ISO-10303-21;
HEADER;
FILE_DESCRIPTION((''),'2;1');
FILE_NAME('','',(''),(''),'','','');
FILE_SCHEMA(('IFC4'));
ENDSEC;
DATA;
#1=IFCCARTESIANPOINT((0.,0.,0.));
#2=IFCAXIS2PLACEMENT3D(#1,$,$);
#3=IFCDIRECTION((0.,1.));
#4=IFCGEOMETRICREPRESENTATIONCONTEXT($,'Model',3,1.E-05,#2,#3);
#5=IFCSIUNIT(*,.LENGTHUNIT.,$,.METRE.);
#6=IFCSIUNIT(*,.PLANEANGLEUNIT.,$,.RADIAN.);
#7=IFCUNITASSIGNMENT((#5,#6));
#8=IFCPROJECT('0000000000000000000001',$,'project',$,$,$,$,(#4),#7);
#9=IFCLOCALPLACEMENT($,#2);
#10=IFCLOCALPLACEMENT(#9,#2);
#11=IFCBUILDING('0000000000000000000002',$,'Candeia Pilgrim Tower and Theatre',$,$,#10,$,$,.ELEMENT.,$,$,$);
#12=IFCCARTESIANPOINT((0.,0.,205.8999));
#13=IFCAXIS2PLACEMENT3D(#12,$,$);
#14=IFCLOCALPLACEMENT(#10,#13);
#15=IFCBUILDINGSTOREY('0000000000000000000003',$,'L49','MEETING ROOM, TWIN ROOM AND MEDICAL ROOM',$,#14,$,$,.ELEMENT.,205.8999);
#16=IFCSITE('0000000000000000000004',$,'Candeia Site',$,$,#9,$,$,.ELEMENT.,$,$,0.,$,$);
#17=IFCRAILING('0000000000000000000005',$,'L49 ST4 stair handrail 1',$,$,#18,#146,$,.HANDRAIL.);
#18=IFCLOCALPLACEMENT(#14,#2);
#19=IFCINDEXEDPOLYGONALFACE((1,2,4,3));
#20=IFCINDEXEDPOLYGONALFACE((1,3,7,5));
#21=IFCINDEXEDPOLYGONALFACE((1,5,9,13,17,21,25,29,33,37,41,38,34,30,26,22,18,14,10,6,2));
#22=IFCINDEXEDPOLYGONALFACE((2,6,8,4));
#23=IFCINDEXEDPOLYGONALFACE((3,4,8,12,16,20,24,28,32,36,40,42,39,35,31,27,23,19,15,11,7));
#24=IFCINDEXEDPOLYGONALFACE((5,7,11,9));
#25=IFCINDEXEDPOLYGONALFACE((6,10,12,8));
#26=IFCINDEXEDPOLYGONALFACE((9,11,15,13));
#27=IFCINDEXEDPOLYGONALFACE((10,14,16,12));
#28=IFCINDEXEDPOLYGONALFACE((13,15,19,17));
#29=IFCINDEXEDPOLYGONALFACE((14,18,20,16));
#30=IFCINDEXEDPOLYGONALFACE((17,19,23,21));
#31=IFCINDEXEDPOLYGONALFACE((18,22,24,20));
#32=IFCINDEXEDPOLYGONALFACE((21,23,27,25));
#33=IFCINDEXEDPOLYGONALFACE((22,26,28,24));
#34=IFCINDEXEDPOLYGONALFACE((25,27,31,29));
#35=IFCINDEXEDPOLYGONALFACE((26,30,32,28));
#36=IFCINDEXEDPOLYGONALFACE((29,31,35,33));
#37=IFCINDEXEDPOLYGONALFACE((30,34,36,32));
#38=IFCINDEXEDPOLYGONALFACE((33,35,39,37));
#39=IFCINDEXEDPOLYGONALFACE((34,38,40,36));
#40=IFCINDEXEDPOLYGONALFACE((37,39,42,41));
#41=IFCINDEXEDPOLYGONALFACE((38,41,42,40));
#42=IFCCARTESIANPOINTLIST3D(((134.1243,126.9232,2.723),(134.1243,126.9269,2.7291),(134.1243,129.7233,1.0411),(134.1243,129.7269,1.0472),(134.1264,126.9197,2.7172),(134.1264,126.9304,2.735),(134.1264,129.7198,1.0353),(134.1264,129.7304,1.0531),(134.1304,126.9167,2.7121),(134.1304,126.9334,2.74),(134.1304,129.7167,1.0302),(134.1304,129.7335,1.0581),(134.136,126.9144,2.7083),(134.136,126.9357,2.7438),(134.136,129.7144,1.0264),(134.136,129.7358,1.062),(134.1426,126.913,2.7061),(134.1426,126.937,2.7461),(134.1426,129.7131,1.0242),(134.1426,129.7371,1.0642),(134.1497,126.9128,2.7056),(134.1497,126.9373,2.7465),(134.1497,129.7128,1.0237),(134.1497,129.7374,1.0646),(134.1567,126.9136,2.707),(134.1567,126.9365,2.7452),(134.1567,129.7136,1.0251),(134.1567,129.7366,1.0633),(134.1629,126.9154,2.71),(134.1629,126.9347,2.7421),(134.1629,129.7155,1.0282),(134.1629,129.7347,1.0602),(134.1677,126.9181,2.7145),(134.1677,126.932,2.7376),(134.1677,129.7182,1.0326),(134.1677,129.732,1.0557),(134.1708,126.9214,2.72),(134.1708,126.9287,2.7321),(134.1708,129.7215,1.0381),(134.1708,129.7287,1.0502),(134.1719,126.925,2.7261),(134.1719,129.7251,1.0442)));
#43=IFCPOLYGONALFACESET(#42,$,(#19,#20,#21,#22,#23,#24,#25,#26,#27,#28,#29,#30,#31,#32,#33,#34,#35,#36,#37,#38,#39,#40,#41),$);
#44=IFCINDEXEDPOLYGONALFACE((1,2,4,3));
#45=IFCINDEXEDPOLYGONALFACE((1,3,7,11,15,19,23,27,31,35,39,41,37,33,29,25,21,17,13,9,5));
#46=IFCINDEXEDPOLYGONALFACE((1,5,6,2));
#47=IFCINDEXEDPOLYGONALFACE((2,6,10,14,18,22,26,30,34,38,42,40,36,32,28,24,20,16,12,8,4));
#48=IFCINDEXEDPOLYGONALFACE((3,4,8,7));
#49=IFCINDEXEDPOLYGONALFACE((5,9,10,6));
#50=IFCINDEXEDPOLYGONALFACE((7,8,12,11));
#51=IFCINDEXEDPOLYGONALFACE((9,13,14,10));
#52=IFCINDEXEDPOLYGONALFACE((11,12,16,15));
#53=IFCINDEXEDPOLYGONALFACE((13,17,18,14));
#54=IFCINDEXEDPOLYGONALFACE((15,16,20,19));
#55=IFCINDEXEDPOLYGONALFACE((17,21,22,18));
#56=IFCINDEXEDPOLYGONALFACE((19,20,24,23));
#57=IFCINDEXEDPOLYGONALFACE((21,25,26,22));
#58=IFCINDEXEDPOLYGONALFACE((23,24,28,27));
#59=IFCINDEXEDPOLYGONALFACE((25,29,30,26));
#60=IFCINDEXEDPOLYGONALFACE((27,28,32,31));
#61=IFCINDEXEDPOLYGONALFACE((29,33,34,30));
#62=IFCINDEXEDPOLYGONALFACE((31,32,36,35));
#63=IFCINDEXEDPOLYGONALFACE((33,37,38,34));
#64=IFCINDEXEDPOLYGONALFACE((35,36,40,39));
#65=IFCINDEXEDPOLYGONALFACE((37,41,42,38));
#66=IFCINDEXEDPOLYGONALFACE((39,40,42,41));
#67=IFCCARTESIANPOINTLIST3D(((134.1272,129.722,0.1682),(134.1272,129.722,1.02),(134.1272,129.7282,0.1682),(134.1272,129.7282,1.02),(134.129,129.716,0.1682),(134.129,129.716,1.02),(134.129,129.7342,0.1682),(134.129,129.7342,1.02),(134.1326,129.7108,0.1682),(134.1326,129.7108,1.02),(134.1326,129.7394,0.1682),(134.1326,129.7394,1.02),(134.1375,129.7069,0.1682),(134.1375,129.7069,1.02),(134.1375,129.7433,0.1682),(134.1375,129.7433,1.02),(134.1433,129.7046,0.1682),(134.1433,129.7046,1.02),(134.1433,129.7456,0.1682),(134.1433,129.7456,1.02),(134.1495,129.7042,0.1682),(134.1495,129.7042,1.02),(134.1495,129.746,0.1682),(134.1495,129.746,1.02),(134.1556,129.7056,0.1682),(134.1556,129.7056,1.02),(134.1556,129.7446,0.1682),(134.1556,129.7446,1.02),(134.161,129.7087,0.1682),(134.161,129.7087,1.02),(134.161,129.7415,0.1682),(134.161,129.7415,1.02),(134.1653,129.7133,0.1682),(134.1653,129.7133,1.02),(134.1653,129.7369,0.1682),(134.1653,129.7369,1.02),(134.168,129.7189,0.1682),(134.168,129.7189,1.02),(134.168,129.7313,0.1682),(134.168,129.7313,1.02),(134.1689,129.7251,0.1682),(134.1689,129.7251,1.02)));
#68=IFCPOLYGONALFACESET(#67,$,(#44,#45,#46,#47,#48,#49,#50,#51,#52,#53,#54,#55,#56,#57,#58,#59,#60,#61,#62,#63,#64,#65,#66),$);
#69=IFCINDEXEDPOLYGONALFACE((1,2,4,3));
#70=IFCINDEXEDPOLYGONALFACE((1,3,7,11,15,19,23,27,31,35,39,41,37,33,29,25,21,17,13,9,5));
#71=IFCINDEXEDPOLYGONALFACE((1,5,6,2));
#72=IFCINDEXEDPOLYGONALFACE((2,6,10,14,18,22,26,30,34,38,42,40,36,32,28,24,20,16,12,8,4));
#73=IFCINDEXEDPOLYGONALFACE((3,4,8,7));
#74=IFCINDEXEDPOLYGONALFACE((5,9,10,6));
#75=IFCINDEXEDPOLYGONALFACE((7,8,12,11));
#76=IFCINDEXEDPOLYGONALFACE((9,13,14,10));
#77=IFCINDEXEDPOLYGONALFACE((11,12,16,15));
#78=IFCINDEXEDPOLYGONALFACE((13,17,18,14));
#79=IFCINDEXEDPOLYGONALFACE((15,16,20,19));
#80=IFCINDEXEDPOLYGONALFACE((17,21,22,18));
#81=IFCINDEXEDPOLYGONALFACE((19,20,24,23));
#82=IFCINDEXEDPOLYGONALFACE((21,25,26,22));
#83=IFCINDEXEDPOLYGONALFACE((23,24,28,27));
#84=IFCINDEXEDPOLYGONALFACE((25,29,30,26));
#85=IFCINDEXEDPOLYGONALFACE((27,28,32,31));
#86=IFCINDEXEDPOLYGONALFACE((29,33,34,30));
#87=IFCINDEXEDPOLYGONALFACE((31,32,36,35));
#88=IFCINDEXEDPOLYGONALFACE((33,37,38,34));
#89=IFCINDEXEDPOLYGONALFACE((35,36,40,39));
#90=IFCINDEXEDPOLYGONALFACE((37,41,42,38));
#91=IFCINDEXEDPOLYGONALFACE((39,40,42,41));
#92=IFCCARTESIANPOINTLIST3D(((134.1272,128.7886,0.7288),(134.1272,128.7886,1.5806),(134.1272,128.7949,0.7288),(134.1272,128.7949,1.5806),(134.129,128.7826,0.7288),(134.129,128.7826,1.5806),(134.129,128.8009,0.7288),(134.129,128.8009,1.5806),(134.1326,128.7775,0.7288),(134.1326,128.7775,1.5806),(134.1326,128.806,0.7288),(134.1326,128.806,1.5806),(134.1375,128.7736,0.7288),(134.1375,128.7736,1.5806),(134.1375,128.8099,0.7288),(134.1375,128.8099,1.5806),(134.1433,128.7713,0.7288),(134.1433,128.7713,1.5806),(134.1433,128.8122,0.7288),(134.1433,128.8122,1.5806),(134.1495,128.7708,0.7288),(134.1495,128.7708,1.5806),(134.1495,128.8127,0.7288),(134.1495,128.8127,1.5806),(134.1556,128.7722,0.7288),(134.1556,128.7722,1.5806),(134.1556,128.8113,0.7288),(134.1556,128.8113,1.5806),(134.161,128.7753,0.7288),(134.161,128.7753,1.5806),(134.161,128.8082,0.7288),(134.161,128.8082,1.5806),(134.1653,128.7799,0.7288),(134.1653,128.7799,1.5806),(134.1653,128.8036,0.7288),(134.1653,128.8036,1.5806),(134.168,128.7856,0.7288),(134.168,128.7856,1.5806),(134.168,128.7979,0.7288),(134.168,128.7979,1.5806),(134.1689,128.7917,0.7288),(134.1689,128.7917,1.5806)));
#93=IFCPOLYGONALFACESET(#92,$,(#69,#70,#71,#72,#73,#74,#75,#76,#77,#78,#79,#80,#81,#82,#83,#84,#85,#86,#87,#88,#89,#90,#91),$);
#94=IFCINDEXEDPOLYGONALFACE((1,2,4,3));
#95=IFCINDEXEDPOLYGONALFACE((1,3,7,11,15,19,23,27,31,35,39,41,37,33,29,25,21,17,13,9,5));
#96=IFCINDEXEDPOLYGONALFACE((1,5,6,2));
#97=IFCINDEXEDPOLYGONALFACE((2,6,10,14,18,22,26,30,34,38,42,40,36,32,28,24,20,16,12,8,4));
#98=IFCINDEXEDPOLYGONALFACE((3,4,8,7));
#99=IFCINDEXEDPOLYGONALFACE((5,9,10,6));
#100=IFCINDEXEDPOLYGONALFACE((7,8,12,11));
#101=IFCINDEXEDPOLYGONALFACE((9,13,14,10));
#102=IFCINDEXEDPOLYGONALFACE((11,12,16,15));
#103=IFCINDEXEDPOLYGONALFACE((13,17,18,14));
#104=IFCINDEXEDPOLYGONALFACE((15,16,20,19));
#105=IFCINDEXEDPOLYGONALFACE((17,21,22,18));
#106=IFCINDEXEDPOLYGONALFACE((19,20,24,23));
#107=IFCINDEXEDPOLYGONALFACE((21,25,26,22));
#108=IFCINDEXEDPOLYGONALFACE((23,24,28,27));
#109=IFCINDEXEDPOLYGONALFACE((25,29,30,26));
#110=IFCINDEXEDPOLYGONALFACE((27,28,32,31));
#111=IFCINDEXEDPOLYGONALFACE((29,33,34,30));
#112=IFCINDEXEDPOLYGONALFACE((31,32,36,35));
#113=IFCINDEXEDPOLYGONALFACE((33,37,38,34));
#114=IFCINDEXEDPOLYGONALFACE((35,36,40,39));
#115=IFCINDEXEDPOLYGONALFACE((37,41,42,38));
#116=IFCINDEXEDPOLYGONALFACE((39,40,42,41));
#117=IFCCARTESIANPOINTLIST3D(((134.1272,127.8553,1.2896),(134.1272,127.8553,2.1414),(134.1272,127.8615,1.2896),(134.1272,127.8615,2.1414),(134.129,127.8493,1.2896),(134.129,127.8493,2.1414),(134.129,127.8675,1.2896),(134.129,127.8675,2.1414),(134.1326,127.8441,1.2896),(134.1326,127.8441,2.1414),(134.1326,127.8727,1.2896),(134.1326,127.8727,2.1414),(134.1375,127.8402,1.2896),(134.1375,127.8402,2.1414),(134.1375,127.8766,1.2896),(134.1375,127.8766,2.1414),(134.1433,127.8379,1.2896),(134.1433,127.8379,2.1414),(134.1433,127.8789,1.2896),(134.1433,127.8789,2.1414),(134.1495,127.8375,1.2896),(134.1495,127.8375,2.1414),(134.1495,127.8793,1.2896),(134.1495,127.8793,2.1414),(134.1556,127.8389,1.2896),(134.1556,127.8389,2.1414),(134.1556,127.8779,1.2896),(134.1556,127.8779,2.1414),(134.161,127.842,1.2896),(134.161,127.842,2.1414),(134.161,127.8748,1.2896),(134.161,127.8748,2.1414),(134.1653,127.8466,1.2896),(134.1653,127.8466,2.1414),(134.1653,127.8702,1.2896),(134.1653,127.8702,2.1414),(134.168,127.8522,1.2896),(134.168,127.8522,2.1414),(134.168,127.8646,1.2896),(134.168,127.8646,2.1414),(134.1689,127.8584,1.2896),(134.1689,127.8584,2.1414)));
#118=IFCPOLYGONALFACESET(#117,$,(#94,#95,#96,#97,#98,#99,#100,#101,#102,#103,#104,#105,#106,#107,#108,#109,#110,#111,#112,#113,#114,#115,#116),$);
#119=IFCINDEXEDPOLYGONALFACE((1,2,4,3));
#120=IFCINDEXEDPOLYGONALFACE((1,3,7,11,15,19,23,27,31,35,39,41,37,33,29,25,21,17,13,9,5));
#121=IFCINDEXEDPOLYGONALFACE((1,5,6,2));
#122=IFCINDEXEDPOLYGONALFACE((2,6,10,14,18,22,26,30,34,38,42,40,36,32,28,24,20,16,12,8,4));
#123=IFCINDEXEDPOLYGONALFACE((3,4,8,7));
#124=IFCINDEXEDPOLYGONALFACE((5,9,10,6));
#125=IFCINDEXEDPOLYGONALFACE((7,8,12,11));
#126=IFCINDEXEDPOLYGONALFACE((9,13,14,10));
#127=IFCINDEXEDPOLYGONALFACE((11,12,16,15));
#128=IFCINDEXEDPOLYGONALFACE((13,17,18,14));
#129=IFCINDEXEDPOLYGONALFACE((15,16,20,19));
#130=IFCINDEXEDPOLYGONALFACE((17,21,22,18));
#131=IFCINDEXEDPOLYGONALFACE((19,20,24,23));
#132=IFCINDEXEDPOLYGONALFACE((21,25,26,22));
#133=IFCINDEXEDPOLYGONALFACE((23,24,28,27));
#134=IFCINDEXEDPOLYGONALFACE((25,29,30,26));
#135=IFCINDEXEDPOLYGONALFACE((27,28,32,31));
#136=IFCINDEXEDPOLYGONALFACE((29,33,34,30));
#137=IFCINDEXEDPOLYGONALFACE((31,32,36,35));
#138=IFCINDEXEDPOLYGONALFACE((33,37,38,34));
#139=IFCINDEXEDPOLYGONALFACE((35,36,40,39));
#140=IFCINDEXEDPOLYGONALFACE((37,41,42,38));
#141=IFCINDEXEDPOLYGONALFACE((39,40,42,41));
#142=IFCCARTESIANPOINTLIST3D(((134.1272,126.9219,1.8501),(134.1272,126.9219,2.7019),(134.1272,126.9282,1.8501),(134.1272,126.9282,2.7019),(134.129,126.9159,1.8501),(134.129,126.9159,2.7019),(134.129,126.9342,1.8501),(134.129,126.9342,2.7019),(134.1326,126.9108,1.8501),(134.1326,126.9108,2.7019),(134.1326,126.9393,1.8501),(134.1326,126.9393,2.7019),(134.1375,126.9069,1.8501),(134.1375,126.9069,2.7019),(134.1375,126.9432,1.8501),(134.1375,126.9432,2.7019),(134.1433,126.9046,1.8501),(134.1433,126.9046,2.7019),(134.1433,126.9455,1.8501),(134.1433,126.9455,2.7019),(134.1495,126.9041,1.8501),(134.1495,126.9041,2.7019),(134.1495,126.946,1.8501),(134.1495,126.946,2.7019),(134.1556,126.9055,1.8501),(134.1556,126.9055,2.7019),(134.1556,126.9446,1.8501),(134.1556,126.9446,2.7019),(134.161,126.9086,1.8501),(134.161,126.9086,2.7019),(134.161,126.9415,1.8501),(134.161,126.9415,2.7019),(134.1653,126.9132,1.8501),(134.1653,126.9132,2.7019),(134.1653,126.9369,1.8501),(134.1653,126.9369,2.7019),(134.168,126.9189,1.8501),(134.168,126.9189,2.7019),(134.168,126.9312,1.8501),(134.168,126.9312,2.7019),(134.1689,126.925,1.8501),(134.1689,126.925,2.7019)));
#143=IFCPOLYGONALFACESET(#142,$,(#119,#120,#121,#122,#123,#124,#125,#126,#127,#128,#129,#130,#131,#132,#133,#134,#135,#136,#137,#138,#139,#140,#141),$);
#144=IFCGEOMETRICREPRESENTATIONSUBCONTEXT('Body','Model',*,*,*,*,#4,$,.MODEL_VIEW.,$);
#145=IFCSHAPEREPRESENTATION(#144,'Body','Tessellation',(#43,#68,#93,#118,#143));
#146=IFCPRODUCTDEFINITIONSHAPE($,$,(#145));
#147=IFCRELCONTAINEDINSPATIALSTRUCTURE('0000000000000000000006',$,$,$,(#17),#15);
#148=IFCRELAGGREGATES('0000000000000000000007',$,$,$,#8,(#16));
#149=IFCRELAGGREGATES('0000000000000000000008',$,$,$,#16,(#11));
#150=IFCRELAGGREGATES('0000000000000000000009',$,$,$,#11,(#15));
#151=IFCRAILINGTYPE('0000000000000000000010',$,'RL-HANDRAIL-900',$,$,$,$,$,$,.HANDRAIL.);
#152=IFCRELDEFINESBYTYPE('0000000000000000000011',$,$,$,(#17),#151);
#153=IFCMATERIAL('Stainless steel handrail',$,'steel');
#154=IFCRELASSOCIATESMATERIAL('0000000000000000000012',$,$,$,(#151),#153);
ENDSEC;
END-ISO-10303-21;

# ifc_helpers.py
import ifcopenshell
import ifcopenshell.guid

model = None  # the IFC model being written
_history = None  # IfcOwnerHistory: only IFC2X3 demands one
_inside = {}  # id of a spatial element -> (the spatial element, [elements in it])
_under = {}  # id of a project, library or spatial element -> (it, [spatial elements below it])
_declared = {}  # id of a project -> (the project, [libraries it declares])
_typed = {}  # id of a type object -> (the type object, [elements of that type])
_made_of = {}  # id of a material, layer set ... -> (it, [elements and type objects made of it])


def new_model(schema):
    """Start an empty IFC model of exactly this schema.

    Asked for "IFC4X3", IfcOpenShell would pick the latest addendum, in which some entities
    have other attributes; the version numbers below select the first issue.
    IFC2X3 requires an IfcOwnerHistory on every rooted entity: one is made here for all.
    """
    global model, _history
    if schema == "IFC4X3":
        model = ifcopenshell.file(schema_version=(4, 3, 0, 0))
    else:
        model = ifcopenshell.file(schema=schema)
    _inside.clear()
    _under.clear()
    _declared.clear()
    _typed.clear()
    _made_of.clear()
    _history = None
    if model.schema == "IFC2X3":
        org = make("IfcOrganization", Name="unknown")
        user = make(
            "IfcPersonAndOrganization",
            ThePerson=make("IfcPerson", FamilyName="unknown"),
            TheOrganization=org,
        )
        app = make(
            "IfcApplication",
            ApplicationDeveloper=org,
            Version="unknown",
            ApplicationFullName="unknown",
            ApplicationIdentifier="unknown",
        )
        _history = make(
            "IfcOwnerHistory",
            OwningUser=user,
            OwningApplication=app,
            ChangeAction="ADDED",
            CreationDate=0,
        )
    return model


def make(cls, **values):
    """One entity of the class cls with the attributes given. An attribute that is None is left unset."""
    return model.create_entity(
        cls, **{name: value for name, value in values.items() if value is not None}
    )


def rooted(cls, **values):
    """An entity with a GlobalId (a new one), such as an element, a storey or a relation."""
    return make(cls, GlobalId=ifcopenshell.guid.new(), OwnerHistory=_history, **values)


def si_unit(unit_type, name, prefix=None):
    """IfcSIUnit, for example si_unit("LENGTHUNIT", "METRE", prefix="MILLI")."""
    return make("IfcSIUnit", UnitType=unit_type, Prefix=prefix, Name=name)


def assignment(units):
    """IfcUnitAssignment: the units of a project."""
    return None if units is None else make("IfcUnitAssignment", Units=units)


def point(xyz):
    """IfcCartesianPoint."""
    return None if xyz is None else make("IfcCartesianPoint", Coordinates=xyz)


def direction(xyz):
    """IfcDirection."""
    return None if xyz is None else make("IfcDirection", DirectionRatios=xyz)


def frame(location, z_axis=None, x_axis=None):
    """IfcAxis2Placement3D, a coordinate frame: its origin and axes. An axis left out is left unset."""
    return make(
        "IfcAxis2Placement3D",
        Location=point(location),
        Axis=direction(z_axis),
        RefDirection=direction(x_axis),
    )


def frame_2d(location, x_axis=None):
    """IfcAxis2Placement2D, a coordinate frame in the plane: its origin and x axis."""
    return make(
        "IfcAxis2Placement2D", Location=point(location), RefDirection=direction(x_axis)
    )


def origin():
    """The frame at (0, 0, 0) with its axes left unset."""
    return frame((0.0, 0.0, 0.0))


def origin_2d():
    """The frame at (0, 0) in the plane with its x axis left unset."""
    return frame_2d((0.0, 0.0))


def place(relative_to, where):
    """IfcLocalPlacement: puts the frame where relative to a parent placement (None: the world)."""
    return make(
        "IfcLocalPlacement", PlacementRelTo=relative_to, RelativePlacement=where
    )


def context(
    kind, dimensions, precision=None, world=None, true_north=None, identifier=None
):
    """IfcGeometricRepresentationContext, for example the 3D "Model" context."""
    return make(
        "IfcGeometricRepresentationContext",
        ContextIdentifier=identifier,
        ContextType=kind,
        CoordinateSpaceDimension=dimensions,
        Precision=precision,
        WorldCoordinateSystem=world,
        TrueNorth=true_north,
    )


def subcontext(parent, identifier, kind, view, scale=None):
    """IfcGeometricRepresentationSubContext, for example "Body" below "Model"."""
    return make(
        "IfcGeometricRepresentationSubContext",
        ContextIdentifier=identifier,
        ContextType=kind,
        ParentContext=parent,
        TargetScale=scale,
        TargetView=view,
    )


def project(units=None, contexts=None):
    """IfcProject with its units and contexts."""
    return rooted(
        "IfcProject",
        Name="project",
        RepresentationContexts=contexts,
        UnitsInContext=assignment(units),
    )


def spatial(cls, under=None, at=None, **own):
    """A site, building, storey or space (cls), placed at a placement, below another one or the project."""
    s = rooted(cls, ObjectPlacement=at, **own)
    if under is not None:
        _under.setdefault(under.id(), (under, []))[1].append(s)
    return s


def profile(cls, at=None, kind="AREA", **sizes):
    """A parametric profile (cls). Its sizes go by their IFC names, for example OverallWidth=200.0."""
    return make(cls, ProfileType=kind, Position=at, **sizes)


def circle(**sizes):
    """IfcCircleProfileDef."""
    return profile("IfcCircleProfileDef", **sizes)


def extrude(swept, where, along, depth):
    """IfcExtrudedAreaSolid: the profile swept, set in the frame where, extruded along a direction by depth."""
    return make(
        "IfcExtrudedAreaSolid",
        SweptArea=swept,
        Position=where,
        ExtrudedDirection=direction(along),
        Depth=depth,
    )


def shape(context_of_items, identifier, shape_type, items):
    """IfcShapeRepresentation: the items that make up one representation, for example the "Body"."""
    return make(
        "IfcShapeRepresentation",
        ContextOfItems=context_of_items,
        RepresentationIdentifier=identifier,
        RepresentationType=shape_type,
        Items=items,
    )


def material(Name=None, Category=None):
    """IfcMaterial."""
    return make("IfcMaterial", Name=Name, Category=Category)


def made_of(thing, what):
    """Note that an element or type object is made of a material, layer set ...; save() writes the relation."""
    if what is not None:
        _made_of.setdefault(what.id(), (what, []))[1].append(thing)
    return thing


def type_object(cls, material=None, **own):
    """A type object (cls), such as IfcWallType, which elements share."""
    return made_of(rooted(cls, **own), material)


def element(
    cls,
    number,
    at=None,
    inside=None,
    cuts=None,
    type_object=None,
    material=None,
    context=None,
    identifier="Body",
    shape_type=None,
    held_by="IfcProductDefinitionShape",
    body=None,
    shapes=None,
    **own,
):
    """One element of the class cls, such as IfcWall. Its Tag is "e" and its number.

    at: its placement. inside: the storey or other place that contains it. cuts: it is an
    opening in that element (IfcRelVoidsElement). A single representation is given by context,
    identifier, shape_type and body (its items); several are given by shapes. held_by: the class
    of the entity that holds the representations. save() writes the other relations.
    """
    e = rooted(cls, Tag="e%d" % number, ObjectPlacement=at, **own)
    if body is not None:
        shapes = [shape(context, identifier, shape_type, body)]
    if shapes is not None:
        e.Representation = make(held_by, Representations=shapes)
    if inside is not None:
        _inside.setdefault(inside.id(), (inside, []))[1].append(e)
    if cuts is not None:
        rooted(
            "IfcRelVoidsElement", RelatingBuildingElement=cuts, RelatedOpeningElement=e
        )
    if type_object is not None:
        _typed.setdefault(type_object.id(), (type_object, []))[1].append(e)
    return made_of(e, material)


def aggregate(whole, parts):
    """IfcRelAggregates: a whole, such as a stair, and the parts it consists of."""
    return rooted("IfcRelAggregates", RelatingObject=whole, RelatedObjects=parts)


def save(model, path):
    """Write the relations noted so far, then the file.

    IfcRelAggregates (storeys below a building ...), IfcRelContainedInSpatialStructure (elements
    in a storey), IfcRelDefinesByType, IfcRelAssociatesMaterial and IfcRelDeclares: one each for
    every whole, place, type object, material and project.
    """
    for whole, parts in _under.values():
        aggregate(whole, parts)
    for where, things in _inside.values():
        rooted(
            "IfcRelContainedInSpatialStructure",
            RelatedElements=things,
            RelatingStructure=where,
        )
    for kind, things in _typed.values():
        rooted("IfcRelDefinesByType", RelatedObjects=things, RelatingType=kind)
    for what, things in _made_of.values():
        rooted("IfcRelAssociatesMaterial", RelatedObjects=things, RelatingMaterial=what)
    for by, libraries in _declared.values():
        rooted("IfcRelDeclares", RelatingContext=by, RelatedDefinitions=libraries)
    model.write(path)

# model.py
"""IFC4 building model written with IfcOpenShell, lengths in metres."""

from ifc_helpers import new_model, si_unit, direction, frame, origin, origin_2d, place, context, subcontext, project, spatial, circle, extrude, material, type_object, element, save


model = new_model("IFC4")

# Units and contexts
model_context = context("Model", 3, precision=1e-05, world=origin(), true_north=direction((0.0, 1.0)))
body_context = subcontext(model_context, "Body", "Model", "MODEL_VIEW")
ifc_project = project(units=[si_unit("LENGTHUNIT", "METRE"), si_unit("PLANEANGLEUNIT", "RADIAN")], contexts=[model_context])

# Site, building, storey
site_placement = place(None, origin())
site = spatial("IfcSite", under=ifc_project, at=site_placement, Name="Candeia Site", CompositionType="ELEMENT", RefElevation=0.0)
building_placement = place(site_placement, origin())
building = spatial("IfcBuilding", under=site, at=building_placement, Name="Candeia Pilgrim Tower and Theatre", CompositionType="ELEMENT")
storey_placement = place(building_placement, frame((0.0, 0.0, 205.8999)))
storey = spatial("IfcBuildingStorey", under=building, at=storey_placement, Name="L49", Description="MEETING ROOM, TWIN ROOM AND MEDICAL ROOM", CompositionType="ELEMENT", Elevation=205.8999)

# Railing
ifc_material_1 = material(Name="Stainless steel handrail", Category="steel")
railing_type_1 = type_object("IfcRailingType", Name="RL-HANDRAIL-900", PredefinedType="HANDRAIL", material=ifc_material_1)
railing_1_placement = place(storey_placement, frame((134.1479, 129.7251, 0.1682)))
element("IfcRailing", 1, at=railing_1_placement, inside=storey, type_object=railing_type_1, Name="L49 ST4 stair handrail 1", PredefinedType="HANDRAIL", context=body_context, shape_type="SweptSolid", body=[
    extrude(circle(Radius=0.0239, at=origin_2d()), frame((0.0, 0.0, 0.876), z_axis=(0.0, -0.857242, 0.514913), x_axis=(1.0, 0.0, 0.0)), (0.0, 0.0, 1.0), 3.2664),
    extrude(circle(Radius=0.021, at=origin_2d()), origin(), (0.0, 0.0, 1.0), 0.8518),
    extrude(circle(Radius=0.021, at=origin_2d()), frame((0.0, -0.9333, 0.5605)), (0.0, 0.0, 1.0), 0.8518),
    extrude(circle(Radius=0.021, at=origin_2d()), frame((0.0, -1.8667, 1.1213)), (0.0, 0.0, 1.0), 0.8518),
    extrude(circle(Radius=0.021, at=origin_2d()), frame((0.0, -2.8, 1.6819)), (0.0, 0.0, 1.0), 0.8518),
])

save(model, "model.ifc")
